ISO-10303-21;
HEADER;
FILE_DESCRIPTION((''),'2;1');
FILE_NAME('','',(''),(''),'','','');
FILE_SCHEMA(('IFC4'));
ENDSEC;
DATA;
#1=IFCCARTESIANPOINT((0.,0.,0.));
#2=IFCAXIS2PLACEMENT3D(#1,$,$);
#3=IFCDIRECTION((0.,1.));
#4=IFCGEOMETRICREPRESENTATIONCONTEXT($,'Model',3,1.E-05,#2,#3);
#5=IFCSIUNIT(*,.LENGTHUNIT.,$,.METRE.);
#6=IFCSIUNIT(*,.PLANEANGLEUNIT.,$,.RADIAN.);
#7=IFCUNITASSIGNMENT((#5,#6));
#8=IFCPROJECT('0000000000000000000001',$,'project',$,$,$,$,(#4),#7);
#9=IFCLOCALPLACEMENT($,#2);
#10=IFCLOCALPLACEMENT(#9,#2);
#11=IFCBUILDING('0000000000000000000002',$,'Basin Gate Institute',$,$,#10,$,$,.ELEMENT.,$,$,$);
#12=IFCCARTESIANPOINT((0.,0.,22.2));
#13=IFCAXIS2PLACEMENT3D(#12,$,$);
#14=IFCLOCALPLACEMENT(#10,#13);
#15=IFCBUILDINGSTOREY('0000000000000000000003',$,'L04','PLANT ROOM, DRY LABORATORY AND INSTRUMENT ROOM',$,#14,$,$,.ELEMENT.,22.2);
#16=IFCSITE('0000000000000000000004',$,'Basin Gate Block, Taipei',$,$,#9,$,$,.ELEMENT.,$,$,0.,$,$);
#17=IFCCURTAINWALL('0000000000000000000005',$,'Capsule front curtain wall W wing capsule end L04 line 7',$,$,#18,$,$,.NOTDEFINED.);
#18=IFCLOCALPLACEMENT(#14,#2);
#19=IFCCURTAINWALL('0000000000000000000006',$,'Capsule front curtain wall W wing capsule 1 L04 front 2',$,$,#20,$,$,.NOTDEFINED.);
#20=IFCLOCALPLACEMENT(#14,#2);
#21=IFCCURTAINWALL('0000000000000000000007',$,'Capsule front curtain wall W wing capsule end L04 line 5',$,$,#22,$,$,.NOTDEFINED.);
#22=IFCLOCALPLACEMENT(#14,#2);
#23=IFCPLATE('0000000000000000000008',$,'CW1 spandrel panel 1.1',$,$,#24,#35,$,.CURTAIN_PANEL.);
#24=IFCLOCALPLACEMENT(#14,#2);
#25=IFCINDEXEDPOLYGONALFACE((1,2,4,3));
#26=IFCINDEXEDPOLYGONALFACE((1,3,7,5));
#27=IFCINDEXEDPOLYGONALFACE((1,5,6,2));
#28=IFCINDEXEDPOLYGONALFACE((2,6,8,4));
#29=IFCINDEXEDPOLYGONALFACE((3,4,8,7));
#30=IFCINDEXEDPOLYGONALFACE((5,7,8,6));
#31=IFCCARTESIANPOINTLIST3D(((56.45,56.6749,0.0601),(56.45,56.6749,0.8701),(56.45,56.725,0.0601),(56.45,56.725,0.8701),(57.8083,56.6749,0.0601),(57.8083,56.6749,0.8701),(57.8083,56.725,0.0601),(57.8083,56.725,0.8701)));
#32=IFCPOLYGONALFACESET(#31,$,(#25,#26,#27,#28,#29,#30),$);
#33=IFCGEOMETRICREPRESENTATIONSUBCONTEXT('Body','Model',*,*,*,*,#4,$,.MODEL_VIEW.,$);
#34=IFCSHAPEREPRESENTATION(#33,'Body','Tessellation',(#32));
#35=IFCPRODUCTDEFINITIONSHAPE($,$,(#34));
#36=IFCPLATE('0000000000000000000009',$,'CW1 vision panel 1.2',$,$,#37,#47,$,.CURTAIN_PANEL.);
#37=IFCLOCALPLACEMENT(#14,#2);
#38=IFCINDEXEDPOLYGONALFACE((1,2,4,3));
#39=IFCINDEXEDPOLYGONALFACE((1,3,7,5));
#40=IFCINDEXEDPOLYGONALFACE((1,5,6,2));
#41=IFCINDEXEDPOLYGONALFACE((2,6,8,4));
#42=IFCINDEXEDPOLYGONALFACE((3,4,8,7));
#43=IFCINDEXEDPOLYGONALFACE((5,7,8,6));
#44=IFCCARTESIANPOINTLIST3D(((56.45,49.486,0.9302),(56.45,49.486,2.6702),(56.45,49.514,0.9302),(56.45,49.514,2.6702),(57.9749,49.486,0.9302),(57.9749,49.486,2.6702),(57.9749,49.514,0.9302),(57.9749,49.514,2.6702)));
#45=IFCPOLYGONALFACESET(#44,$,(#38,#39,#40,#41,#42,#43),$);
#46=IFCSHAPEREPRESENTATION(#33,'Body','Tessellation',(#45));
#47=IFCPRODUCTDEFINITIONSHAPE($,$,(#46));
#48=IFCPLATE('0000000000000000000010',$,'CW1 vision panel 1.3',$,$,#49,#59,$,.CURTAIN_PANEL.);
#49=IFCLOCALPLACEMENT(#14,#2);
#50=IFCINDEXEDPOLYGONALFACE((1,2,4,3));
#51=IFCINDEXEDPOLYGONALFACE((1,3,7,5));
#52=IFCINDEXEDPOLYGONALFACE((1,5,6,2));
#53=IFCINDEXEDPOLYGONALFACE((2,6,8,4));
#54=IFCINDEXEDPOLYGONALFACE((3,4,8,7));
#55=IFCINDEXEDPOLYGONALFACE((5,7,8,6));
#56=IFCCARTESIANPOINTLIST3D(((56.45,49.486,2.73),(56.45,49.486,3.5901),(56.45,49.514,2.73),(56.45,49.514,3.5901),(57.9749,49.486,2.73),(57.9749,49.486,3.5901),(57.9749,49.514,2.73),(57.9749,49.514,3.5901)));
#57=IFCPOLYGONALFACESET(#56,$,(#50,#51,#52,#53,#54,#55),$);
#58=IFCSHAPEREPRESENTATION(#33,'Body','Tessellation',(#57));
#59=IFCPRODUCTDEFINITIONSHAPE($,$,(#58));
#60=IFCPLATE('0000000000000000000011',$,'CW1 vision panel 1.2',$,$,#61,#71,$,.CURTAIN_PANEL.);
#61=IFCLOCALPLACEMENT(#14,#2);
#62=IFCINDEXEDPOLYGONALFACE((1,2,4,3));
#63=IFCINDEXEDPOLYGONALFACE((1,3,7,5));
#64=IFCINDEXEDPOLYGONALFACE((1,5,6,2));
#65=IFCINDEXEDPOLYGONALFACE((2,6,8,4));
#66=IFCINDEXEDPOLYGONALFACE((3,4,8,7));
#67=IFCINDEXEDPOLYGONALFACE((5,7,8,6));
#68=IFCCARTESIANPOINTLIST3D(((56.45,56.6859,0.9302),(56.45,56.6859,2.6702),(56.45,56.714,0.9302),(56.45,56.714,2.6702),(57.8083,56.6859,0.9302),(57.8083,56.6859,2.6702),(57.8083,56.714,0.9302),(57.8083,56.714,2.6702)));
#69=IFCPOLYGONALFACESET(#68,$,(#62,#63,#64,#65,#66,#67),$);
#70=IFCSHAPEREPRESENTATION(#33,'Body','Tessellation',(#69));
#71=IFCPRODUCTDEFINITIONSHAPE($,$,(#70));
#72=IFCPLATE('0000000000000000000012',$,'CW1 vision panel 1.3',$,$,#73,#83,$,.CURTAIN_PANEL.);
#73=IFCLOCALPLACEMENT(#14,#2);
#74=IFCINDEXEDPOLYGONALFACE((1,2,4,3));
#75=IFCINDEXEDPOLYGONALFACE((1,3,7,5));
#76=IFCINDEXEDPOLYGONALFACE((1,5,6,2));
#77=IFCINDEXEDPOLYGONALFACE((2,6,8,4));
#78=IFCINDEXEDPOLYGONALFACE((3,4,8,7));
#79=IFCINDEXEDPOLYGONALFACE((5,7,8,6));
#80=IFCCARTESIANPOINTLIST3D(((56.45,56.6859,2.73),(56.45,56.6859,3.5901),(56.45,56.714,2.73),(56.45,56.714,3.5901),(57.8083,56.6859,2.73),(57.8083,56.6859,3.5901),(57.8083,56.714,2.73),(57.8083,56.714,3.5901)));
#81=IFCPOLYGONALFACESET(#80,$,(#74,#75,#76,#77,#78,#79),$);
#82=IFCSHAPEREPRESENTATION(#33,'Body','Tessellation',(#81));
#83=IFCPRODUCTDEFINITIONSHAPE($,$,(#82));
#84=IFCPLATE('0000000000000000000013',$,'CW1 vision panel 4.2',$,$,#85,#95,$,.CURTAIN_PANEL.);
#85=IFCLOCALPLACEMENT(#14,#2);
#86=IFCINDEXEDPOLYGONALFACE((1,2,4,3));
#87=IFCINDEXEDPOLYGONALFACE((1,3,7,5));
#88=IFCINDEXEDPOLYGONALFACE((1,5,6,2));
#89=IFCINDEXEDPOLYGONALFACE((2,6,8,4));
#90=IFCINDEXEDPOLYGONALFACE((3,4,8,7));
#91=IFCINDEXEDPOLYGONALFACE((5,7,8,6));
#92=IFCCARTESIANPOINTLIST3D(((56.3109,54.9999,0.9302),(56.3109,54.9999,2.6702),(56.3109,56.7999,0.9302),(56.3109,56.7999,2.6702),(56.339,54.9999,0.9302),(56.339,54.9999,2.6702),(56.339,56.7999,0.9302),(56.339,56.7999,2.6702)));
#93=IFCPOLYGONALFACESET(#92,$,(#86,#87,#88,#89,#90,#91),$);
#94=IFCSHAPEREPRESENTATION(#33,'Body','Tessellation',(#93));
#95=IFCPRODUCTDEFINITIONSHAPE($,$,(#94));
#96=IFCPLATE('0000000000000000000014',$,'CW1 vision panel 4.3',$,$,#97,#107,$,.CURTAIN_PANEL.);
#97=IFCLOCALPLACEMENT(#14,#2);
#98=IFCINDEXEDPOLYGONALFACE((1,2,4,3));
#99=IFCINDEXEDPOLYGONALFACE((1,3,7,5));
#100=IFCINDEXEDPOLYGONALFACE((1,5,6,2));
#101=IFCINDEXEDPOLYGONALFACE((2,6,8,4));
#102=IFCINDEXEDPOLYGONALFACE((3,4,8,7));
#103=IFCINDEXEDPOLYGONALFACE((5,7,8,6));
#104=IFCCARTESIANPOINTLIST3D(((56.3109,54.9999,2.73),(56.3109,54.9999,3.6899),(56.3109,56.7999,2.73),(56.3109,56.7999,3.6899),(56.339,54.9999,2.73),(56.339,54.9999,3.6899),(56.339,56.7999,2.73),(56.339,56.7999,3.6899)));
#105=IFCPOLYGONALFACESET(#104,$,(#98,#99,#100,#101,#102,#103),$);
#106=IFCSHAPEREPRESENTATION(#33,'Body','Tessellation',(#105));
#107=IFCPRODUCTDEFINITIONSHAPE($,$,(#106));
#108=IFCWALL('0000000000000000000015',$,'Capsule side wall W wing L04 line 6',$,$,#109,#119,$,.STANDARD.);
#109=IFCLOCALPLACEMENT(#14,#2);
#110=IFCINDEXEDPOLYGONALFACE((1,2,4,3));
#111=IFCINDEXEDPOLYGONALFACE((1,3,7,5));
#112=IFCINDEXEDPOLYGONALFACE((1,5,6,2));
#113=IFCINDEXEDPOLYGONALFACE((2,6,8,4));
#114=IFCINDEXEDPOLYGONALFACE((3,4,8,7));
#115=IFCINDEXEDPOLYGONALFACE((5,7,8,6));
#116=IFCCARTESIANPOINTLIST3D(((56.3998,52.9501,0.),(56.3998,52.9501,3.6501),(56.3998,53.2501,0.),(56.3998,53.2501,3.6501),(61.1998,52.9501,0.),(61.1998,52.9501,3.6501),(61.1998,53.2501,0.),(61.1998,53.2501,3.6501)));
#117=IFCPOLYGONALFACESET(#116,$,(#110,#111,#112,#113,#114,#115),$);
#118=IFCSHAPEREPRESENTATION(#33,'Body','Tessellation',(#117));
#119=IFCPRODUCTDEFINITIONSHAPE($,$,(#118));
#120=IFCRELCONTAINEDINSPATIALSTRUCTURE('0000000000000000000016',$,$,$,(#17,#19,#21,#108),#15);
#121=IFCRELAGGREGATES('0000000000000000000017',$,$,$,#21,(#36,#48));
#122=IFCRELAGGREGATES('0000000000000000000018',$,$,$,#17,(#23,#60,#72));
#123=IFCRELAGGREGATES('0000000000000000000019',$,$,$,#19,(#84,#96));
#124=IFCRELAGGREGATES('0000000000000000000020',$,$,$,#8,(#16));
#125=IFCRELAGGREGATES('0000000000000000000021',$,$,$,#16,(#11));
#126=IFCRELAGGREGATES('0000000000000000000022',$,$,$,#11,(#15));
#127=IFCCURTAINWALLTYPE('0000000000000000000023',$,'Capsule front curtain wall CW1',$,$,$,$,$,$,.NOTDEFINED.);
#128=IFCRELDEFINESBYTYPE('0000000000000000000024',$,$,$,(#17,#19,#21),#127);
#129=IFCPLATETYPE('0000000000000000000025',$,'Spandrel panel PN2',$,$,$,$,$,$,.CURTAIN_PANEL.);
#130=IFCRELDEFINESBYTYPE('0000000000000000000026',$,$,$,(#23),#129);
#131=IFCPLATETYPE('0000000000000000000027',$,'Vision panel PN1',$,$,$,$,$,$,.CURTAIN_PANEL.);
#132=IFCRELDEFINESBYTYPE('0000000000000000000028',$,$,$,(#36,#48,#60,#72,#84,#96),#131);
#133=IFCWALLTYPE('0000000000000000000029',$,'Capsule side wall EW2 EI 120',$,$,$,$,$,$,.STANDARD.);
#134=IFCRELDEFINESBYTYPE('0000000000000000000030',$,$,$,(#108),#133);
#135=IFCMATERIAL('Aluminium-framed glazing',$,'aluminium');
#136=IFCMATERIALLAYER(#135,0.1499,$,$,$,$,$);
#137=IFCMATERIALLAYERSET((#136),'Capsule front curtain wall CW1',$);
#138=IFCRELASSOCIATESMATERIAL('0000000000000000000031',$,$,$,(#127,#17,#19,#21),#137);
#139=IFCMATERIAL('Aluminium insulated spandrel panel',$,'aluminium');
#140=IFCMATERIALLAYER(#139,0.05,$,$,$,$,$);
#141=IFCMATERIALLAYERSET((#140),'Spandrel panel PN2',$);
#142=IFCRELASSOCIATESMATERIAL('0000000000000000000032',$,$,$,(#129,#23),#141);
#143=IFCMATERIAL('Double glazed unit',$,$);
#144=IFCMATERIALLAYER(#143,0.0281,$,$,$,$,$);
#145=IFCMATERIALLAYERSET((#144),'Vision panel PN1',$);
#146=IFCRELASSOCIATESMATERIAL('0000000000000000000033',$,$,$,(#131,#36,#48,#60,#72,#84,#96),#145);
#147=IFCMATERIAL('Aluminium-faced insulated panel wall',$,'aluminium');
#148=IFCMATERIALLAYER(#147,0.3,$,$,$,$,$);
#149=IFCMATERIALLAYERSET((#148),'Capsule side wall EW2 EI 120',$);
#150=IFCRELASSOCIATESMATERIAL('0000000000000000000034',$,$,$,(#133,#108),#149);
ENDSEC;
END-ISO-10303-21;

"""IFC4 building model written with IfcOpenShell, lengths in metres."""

from ifc_helpers import new_model, si_unit, direction, frame, frame_2d, origin, origin_2d, place, context, subcontext, project, spatial, rectangle, extrude, material, layer, layer_set, type_object, element, aggregate, save


model = new_model("IFC4")

# Units and contexts
model_context = context("Model", 3, precision=1e-05, world=origin(), true_north=direction((0.0, 1.0)))
body_context = subcontext(model_context, "Body", "Model", "MODEL_VIEW")
ifc_project = project(units=[si_unit("LENGTHUNIT", "METRE"), si_unit("PLANEANGLEUNIT", "RADIAN")], contexts=[model_context])

# Site, building, storey
site_placement = place(None, origin())
site = spatial("IfcSite", under=ifc_project, at=site_placement, Name="Basin Gate Block, Taipei", CompositionType="ELEMENT", RefElevation=0.0)
building_placement = place(site_placement, origin())
building = spatial("IfcBuilding", under=site, at=building_placement, Name="Basin Gate Institute", CompositionType="ELEMENT")
storey_placement = place(building_placement, frame((0.0, 0.0, 22.2)))
storey = spatial("IfcBuildingStorey", under=building, at=storey_placement, Name="L04", Description="PLANT ROOM, DRY LABORATORY AND INSTRUMENT ROOM", CompositionType="ELEMENT", Elevation=22.2)

# Curtain walls
ifc_material_1 = material(Name="Aluminium-framed glazing", Category="aluminium")
ifc_layer_1 = layer(ifc_material_1, 0.1499)
ifc_layer_set_1 = layer_set([ifc_layer_1], Name="Capsule front curtain wall CW1")
curtain_wall_type = type_object("IfcCurtainWallType", Name="Capsule front curtain wall CW1", PredefinedType="NOTDEFINED", material=ifc_layer_set_1)
curtain_wall_1_placement = place(storey_placement, origin())
curtain_wall_1 = element("IfcCurtainWall", 1, at=curtain_wall_1_placement, inside=storey, type_object=curtain_wall_type, material=ifc_layer_set_1, Name="Capsule front curtain wall W wing capsule end L04 line 7", PredefinedType="NOTDEFINED")
curtain_wall_2_placement = place(storey_placement, origin())
curtain_wall_2 = element("IfcCurtainWall", 2, at=curtain_wall_2_placement, inside=storey, type_object=curtain_wall_type, material=ifc_layer_set_1, Name="Capsule front curtain wall W wing capsule 1 L04 front 2", PredefinedType="NOTDEFINED")

# Curtain wall
curtain_wall_3_placement = place(storey_placement, origin())
curtain_wall_3 = element("IfcCurtainWall", 3, at=curtain_wall_3_placement, inside=storey, type_object=curtain_wall_type, material=ifc_layer_set_1, Name="Capsule front curtain wall W wing capsule end L04 line 5", PredefinedType="NOTDEFINED")

# Plates
ifc_material_2 = material(Name="Aluminium insulated spandrel panel", Category="aluminium")
ifc_layer_2 = layer(ifc_material_2, 0.05)
ifc_layer_set_2 = layer_set([ifc_layer_2], Name="Spandrel panel PN2")
plate_type_1 = type_object("IfcPlateType", Name="Spandrel panel PN2", PredefinedType="CURTAIN_PANEL", material=ifc_layer_set_2)
plate_1_placement = place(storey_placement, frame((57.1292, 56.7, 0.0601), z_axis=(0.0, 0.0, 1.0), x_axis=(1.0, 0.0, 0.0)))
plate_1 = element("IfcPlate", 4, at=plate_1_placement, type_object=plate_type_1, material=ifc_layer_set_2, Name="CW1 spandrel panel 1.1", PredefinedType="CURTAIN_PANEL", context=body_context, shape_type="SweptSolid", body=[
    extrude(rectangle(XDim=1.3584, YDim=0.05, at=origin_2d()), origin(), (0.0, 0.0, 1.0), 0.8101),
])
ifc_material_3 = material(Name="Double glazed unit")
ifc_layer_3 = layer(ifc_material_3, 0.0281)
ifc_layer_set_3 = layer_set([ifc_layer_3], Name="Vision panel PN1")
plate_type_2 = type_object("IfcPlateType", Name="Vision panel PN1", PredefinedType="CURTAIN_PANEL", material=ifc_layer_set_3)
plate_2_placement = place(storey_placement, frame((57.2124, 49.5, 0.9302), z_axis=(0.0, 0.0, 1.0), x_axis=(1.0, 0.0, 0.0)))
plate_2 = element("IfcPlate", 5, at=plate_2_placement, type_object=plate_type_2, material=ifc_layer_set_3, Name="CW1 vision panel 1.2", PredefinedType="CURTAIN_PANEL", context=body_context, shape_type="SweptSolid", body=[
    extrude(rectangle(XDim=1.5249, YDim=0.0281, at=origin_2d()), origin(), (0.0, 0.0, 1.0), 1.74),
])
plate_3_placement = place(storey_placement, frame((57.2124, 49.5, 2.73), z_axis=(0.0, 0.0, 1.0), x_axis=(1.0, 0.0, 0.0)))
plate_3 = element("IfcPlate", 6, at=plate_3_placement, type_object=plate_type_2, material=ifc_layer_set_3, Name="CW1 vision panel 1.3", PredefinedType="CURTAIN_PANEL", context=body_context, shape_type="SweptSolid", body=[
    extrude(rectangle(XDim=1.5249, YDim=0.0281, at=origin_2d()), origin(), (0.0, 0.0, 1.0), 0.8601),
])
aggregate(curtain_wall_3, [plate_2, plate_3])
plate_4_placement = place(storey_placement, frame((57.1292, 56.7, 0.9302), z_axis=(0.0, 0.0, 1.0), x_axis=(1.0, 0.0, 0.0)))
plate_4 = element("IfcPlate", 7, at=plate_4_placement, type_object=plate_type_2, material=ifc_layer_set_3, Name="CW1 vision panel 1.2", PredefinedType="CURTAIN_PANEL", context=body_context, shape_type="SweptSolid", body=[
    extrude(rectangle(XDim=1.3584, YDim=0.0281, at=origin_2d()), origin(), (0.0, 0.0, 1.0), 1.74),
])
plate_5_placement = place(storey_placement, frame((57.1292, 56.7, 2.73), z_axis=(0.0, 0.0, 1.0), x_axis=(1.0, 0.0, 0.0)))
plate_5 = element("IfcPlate", 8, at=plate_5_placement, type_object=plate_type_2, material=ifc_layer_set_3, Name="CW1 vision panel 1.3", PredefinedType="CURTAIN_PANEL", context=body_context, shape_type="SweptSolid", body=[
    extrude(rectangle(XDim=1.3584, YDim=0.0281, at=origin_2d()), origin(), (0.0, 0.0, 1.0), 0.8601),
])
aggregate(curtain_wall_1, [plate_1, plate_4, plate_5])
plate_6_placement = place(storey_placement, frame((56.325, 55.8999, 0.9302), z_axis=(0.0, 0.0, 1.0), x_axis=(0.0, 1.0, 0.0)))
plate_6 = element("IfcPlate", 9, at=plate_6_placement, type_object=plate_type_2, material=ifc_layer_set_3, Name="CW1 vision panel 4.2", PredefinedType="CURTAIN_PANEL", context=body_context, shape_type="SweptSolid", body=[
    extrude(rectangle(XDim=1.8, YDim=0.0281, at=origin_2d()), origin(), (0.0, 0.0, 1.0), 1.74),
])
plate_7_placement = place(storey_placement, frame((56.325, 55.8999, 2.73), z_axis=(0.0, 0.0, 1.0), x_axis=(0.0, 1.0, 0.0)))
plate_7 = element("IfcPlate", 10, at=plate_7_placement, type_object=plate_type_2, material=ifc_layer_set_3, Name="CW1 vision panel 4.3", PredefinedType="CURTAIN_PANEL", context=body_context, shape_type="SweptSolid", body=[
    extrude(rectangle(XDim=1.8, YDim=0.0281, at=origin_2d()), origin(), (0.0, 0.0, 1.0), 0.96),
])
aggregate(curtain_wall_2, [plate_6, plate_7])

# Wall
ifc_material_4 = material(Name="Aluminium-faced insulated panel wall", Category="aluminium")
ifc_layer_4 = layer(ifc_material_4, 0.3)
ifc_layer_set_4 = layer_set([ifc_layer_4], Name="Capsule side wall EW2 EI 120")
wall_type = type_object("IfcWallType", Name="Capsule side wall EW2 EI 120", PredefinedType="STANDARD", material=ifc_layer_set_4)
wall_placement = place(storey_placement, frame((56.3999, 53.1001, 0.0), z_axis=(0.0, 0.0, 1.0), x_axis=(1.0, 0.0, 0.0)))
element("IfcWall", 11, at=wall_placement, inside=storey, type_object=wall_type, material=ifc_layer_set_4, Name="Capsule side wall W wing L04 line 6", PredefinedType="STANDARD", context=body_context, shape_type="SweptSolid", body=[
    extrude(rectangle(XDim=4.8, YDim=0.3, at=frame_2d((2.3999, 0.0))), origin(), (0.0, 0.0, 1.0), 3.6501),
])

save(model, "model.ifc")
